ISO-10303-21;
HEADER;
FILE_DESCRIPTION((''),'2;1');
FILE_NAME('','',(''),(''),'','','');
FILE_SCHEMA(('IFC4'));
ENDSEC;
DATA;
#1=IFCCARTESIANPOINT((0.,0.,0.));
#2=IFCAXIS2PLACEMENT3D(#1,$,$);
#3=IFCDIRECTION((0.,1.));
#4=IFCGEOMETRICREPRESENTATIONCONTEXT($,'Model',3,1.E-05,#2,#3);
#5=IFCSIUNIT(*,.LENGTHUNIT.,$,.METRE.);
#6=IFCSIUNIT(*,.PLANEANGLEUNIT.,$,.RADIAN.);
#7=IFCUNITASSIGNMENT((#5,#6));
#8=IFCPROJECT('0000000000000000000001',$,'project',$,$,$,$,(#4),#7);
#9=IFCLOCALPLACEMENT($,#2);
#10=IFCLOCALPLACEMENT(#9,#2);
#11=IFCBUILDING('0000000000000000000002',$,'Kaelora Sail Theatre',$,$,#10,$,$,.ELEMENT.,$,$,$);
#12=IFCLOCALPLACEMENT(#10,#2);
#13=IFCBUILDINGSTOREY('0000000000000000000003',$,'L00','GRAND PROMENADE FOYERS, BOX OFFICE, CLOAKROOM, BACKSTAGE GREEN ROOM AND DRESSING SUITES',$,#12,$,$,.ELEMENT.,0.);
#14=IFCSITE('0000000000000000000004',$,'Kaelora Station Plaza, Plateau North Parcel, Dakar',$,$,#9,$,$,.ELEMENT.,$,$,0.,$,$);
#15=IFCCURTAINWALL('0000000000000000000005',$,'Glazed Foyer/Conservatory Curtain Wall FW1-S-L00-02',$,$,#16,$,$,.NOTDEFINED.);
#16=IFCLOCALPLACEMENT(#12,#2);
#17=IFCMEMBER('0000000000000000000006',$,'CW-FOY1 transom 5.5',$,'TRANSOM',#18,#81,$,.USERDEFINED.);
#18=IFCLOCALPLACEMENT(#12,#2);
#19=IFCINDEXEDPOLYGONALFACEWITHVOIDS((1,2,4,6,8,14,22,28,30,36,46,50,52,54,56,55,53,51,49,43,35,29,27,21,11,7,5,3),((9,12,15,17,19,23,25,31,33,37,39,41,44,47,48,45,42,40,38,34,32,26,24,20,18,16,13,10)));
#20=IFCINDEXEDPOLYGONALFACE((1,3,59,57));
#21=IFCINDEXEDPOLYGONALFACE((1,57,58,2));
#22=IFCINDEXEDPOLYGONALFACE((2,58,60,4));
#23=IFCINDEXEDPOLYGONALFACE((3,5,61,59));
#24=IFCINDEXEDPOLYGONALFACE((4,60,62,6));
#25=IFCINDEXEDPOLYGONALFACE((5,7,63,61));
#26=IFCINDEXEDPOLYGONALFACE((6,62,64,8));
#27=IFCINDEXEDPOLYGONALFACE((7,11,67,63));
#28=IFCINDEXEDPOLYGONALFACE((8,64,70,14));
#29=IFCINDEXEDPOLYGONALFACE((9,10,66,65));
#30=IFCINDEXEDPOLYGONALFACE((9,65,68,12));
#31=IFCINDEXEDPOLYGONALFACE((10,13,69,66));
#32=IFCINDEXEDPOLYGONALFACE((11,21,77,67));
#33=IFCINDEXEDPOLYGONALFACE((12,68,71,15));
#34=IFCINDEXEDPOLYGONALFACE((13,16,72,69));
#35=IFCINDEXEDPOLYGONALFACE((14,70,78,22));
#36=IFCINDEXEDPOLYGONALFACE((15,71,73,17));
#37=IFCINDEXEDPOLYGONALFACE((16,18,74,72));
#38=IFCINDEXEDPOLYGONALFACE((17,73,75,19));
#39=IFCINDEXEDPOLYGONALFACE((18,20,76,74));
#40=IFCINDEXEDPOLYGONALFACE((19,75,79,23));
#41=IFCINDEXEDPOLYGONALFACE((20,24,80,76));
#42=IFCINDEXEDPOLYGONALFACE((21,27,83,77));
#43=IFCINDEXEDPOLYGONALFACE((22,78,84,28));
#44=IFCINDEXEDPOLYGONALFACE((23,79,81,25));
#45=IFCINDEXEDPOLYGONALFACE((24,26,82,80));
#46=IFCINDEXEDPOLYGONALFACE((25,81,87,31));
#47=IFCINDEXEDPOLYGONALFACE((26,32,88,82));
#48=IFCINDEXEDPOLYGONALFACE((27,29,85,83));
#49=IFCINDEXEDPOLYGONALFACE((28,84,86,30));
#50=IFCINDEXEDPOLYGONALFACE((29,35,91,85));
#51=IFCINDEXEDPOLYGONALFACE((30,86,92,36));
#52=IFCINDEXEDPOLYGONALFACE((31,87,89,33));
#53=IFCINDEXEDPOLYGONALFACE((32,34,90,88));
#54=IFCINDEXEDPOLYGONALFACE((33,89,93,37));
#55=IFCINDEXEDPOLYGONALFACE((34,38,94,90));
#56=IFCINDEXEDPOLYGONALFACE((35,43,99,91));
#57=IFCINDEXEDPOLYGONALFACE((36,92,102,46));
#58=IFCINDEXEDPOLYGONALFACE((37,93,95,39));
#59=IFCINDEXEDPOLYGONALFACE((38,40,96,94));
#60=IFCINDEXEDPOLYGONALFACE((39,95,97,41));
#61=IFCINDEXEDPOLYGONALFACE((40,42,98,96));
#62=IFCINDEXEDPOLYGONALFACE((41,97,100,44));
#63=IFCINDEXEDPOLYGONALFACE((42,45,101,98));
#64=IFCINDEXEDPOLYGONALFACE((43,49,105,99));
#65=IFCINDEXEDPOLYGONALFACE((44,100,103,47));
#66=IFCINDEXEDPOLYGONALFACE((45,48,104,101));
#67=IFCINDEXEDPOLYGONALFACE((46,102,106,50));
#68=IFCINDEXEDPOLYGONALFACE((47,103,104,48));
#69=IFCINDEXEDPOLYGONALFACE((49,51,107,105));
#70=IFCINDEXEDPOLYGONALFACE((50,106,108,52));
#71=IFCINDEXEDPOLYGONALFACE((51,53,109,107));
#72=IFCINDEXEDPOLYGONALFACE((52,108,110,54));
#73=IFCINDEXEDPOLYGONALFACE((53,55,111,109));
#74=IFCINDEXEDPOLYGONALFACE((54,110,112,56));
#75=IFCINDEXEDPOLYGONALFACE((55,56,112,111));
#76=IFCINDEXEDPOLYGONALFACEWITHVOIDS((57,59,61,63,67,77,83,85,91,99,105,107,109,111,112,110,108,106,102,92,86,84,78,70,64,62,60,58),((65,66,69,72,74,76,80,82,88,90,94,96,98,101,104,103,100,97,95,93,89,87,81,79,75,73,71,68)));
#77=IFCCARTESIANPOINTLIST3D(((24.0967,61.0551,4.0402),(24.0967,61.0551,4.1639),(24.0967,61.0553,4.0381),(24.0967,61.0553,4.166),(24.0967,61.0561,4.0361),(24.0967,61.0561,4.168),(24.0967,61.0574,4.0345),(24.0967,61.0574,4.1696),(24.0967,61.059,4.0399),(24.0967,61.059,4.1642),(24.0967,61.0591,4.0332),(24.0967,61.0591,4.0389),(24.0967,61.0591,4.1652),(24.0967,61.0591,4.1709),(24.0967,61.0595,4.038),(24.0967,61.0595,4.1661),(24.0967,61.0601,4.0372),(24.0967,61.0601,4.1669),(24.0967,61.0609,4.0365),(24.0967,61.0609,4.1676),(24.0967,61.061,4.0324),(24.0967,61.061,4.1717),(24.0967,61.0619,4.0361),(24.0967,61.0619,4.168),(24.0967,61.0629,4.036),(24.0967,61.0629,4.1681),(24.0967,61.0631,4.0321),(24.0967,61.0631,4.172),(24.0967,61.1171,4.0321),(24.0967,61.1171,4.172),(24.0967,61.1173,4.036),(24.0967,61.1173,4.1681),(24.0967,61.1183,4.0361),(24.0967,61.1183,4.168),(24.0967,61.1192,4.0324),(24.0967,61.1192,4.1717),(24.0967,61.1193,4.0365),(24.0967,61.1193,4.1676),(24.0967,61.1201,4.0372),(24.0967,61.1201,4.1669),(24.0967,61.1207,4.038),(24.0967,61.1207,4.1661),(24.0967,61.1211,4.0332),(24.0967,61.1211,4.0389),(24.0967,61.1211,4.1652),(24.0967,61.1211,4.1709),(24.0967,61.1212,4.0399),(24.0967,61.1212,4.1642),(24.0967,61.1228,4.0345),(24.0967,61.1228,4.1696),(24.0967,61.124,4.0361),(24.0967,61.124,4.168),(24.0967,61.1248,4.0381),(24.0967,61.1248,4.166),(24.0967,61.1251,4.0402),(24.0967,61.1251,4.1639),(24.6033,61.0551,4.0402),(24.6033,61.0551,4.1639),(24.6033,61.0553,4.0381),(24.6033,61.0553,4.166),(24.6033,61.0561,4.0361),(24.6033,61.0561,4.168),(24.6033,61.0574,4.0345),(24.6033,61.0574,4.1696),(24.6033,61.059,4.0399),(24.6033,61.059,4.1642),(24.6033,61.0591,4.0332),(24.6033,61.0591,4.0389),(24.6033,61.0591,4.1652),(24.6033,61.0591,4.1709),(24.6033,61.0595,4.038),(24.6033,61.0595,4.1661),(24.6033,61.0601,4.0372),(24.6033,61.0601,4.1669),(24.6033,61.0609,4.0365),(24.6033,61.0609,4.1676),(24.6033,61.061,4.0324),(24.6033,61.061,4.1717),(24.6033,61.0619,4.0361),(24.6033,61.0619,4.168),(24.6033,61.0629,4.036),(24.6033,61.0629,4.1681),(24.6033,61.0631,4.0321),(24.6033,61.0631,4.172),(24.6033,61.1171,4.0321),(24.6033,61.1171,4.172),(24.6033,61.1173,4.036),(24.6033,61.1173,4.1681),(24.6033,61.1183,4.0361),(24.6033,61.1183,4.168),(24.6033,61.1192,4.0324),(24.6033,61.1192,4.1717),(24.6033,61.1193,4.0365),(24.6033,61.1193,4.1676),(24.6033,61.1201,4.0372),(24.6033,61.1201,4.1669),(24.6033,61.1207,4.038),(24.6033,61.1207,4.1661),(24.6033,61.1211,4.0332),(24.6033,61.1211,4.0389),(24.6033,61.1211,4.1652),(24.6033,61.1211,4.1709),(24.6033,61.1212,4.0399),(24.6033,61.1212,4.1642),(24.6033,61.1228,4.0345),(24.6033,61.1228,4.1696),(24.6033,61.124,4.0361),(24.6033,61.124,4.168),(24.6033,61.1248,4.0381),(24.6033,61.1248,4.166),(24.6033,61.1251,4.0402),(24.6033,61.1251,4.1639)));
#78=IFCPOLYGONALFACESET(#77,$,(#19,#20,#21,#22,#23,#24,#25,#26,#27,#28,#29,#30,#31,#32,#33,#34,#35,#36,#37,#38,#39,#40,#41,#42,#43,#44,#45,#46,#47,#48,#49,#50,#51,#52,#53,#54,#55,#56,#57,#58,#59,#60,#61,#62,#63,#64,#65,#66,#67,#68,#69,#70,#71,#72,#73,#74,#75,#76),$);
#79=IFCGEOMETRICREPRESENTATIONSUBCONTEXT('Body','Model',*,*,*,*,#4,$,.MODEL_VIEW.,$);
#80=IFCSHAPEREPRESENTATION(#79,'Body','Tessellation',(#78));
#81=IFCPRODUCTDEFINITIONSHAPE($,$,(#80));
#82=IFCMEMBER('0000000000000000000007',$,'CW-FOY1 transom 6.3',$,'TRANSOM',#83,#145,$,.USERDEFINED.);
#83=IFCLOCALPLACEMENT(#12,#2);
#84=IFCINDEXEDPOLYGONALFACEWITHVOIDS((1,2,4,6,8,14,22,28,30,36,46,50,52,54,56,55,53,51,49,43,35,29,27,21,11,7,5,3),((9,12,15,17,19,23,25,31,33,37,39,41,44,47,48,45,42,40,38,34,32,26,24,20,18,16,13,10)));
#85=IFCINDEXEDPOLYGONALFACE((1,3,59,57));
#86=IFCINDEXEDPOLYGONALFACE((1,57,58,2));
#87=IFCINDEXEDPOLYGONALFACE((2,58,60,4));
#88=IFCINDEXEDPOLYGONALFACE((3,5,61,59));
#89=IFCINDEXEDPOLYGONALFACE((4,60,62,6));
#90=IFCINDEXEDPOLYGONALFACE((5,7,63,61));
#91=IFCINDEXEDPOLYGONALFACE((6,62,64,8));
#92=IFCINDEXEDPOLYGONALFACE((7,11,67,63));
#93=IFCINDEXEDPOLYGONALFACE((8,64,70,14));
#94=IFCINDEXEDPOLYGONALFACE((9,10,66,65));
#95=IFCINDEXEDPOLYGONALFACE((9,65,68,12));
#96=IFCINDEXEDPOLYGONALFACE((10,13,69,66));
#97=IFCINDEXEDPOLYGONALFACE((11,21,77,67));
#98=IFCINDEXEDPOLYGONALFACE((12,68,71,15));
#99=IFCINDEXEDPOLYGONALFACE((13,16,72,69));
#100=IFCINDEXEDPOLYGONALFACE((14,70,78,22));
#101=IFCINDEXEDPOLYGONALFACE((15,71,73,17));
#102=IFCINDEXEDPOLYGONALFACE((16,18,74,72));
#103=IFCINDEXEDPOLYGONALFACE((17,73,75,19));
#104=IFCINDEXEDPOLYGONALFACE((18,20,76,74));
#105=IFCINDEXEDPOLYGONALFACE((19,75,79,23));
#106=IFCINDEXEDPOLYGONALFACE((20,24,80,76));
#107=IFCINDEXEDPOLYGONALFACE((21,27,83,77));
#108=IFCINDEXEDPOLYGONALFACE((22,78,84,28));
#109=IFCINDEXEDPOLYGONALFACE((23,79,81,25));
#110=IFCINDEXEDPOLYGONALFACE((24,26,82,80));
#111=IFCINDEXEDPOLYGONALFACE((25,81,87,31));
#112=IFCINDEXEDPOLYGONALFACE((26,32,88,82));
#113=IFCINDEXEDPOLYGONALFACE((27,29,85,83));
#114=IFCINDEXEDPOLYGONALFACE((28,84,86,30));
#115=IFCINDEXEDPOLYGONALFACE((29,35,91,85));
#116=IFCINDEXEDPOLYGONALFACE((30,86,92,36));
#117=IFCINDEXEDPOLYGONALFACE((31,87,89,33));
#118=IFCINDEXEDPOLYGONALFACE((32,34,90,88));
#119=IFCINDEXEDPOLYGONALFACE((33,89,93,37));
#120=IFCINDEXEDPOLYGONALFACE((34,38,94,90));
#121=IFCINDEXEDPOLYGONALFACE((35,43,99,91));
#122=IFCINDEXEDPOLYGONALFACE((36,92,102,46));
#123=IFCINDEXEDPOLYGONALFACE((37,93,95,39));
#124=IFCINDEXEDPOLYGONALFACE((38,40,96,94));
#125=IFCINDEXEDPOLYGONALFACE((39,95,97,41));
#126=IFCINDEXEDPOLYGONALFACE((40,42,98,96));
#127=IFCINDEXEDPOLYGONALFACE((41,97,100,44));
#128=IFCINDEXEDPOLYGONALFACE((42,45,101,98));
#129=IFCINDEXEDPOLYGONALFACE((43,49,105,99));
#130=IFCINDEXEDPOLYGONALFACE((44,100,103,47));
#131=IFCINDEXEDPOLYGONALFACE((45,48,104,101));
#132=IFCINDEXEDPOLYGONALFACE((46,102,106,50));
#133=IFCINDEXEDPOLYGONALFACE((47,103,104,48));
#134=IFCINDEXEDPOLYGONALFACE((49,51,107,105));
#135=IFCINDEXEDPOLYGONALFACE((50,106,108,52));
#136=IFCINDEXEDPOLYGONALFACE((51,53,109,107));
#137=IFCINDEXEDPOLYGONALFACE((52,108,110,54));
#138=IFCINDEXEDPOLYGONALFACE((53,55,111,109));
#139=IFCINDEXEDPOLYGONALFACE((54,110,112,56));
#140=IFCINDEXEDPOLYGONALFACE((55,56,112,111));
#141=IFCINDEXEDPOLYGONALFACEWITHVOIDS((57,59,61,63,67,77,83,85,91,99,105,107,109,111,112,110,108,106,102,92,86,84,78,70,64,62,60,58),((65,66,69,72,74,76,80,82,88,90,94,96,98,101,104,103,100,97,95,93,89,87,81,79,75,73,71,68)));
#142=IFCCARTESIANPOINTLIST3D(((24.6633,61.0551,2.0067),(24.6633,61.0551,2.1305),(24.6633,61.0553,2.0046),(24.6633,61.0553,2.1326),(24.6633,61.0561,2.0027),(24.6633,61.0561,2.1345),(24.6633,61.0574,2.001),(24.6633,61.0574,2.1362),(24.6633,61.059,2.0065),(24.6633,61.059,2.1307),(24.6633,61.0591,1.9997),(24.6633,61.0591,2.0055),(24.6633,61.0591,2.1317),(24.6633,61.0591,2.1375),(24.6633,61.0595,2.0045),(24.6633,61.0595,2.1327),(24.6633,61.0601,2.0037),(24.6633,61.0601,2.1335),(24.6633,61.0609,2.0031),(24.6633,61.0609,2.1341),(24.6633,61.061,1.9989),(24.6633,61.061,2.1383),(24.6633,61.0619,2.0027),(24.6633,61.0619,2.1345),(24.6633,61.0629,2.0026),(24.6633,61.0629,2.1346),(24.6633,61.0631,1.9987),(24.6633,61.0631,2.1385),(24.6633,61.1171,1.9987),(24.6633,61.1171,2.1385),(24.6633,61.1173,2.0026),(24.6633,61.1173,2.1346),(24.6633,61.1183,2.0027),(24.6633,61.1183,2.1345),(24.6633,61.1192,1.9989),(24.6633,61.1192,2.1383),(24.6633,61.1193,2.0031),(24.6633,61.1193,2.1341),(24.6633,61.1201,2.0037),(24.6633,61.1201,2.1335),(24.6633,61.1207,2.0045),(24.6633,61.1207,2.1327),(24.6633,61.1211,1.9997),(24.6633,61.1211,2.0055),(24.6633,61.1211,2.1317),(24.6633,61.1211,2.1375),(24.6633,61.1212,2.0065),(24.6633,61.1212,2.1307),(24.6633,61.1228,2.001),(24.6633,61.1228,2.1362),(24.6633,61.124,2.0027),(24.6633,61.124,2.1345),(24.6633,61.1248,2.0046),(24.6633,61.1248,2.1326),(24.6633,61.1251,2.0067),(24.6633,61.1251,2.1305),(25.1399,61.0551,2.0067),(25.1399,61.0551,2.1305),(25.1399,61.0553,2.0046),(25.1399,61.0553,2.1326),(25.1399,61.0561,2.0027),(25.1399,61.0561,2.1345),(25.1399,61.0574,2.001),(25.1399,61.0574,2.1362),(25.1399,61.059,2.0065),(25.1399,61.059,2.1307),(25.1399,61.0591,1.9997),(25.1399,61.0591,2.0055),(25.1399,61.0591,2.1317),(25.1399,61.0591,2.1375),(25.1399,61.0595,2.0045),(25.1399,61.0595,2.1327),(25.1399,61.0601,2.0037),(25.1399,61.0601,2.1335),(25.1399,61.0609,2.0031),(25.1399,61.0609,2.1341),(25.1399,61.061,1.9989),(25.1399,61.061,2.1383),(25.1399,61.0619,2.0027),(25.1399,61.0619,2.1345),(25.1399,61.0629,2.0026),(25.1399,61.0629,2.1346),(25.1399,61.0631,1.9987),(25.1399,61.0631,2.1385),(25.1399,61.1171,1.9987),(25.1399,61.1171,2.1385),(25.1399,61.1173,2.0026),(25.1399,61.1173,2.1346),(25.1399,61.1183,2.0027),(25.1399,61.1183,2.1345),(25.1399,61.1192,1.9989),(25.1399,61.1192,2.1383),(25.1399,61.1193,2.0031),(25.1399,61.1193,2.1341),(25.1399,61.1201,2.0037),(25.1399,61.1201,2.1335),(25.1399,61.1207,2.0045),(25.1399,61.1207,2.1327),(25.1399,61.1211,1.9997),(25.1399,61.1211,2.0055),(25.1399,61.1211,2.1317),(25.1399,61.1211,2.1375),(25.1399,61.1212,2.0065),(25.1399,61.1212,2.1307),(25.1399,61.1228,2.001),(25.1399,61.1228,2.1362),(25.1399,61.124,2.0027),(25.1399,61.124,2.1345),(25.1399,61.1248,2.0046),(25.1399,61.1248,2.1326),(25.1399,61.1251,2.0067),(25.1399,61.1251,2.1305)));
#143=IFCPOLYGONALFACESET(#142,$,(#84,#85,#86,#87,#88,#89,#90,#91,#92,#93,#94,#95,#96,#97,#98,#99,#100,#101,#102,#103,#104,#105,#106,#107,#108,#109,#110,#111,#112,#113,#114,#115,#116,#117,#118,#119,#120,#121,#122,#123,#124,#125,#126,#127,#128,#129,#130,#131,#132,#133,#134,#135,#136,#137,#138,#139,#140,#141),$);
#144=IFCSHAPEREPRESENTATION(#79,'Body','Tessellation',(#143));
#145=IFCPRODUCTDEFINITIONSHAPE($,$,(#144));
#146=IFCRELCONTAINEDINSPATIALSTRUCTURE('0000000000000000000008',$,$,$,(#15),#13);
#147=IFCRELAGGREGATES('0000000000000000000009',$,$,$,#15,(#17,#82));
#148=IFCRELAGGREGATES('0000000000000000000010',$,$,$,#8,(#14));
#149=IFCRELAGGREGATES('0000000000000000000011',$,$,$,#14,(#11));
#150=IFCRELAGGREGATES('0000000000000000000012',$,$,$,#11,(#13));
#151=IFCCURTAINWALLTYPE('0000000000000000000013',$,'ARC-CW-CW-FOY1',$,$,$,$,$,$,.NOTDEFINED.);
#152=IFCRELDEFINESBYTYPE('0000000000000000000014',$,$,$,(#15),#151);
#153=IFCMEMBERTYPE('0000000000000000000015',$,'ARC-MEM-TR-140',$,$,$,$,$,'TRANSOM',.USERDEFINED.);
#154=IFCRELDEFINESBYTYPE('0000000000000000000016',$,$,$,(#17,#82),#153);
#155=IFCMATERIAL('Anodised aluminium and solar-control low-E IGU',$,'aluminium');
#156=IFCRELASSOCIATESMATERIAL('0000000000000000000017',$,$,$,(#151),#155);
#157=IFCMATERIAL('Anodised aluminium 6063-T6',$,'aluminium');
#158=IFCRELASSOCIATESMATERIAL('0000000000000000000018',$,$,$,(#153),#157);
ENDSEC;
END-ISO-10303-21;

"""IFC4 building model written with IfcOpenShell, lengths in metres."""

from ifc_helpers import new_model, si_unit, direction, frame, origin, origin_2d, place, context, subcontext, project, spatial, hollow_rectangle, extrude, material, material_profile, profile_set, type_object, element, aggregate, save


model = new_model("IFC4")

# Units and contexts
model_context = context("Model", 3, precision=1e-05, world=origin(), true_north=direction((0.0, 1.0)))
body_context = subcontext(model_context, "Body", "Model", "MODEL_VIEW")
ifc_project = project(units=[si_unit("LENGTHUNIT", "METRE"), si_unit("PLANEANGLEUNIT", "RADIAN")], contexts=[model_context])

# Site, building, storey
site_placement = place(None, origin())
site = spatial("IfcSite", under=ifc_project, at=site_placement, Name="Kaelora Station Plaza, Plateau North Parcel, Dakar", CompositionType="ELEMENT", RefElevation=0.0)
building_placement = place(site_placement, origin())
building = spatial("IfcBuilding", under=site, at=building_placement, Name="Kaelora Sail Theatre", CompositionType="ELEMENT")
storey_placement = place(building_placement, origin())
storey = spatial("IfcBuildingStorey", under=building, at=storey_placement, Name="L00", Description="GRAND PROMENADE FOYERS, BOX OFFICE, CLOAKROOM, BACKSTAGE GREEN ROOM AND DRESSING SUITES", CompositionType="ELEMENT", Elevation=0.0)

# Curtain wall, members
ifc_material_1 = material(Name="Anodised aluminium and solar-control low-E IGU", Category="aluminium")
curtain_wall_type = type_object("IfcCurtainWallType", Name="ARC-CW-CW-FOY1", PredefinedType="NOTDEFINED", material=ifc_material_1)
curtain_wall_placement = place(storey_placement, origin())
curtain_wall = element("IfcCurtainWall", 1, at=curtain_wall_placement, inside=storey, type_object=curtain_wall_type, Name="Glazed Foyer/Conservatory Curtain Wall FW1-S-L00-02", PredefinedType="NOTDEFINED")
ifc_material_2 = material(Name="Anodised aluminium 6063-T6", Category="aluminium")
ifc_material_profile = material_profile(ifc_material_2, hollow_rectangle(XDim=0.0701, YDim=0.1399, WallThickness=0.0039, InnerFilletRadius=0.0039, OuterFilletRadius=0.0081, at=origin_2d()), Name="ALU-TRAN 70x140x4")
ifc_profile_set = profile_set([ifc_material_profile], Name="Anodised aluminium 6063-T6")
member_type = type_object("IfcMemberType", Name="ARC-MEM-TR-140", ElementType="TRANSOM", PredefinedType="USERDEFINED", material=ifc_profile_set)
member_1_placement = place(storey_placement, frame((24.0967, 61.0901, 4.1021), z_axis=(1.0, 0.0, 0.0), x_axis=(0.0, 1.0, 0.0)))
member_1 = element("IfcMember", 2, at=member_1_placement, type_object=member_type, Name="CW-FOY1 transom 5.5", ObjectType="TRANSOM", PredefinedType="USERDEFINED", context=body_context, shape_type="SweptSolid", body=[
    extrude(hollow_rectangle(XDim=0.0701, YDim=0.1399, WallThickness=0.0039, InnerFilletRadius=0.0039, OuterFilletRadius=0.0081, at=origin_2d()), origin(), (0.0, 0.0, 1.0), 0.5066),
])
member_2_placement = place(storey_placement, frame((24.6633, 61.0901, 2.0686), z_axis=(1.0, 0.0, 0.0), x_axis=(0.0, 1.0, 0.0)))
member_2 = element("IfcMember", 3, at=member_2_placement, type_object=member_type, Name="CW-FOY1 transom 6.3", ObjectType="TRANSOM", PredefinedType="USERDEFINED", context=body_context, shape_type="SweptSolid", body=[
    extrude(hollow_rectangle(XDim=0.0701, YDim=0.1399, WallThickness=0.0039, InnerFilletRadius=0.0039, OuterFilletRadius=0.0081, at=origin_2d()), origin(), (0.0, 0.0, 1.0), 0.4766),
])
aggregate(curtain_wall, [member_1, member_2])

save(model, "model.ifc")
